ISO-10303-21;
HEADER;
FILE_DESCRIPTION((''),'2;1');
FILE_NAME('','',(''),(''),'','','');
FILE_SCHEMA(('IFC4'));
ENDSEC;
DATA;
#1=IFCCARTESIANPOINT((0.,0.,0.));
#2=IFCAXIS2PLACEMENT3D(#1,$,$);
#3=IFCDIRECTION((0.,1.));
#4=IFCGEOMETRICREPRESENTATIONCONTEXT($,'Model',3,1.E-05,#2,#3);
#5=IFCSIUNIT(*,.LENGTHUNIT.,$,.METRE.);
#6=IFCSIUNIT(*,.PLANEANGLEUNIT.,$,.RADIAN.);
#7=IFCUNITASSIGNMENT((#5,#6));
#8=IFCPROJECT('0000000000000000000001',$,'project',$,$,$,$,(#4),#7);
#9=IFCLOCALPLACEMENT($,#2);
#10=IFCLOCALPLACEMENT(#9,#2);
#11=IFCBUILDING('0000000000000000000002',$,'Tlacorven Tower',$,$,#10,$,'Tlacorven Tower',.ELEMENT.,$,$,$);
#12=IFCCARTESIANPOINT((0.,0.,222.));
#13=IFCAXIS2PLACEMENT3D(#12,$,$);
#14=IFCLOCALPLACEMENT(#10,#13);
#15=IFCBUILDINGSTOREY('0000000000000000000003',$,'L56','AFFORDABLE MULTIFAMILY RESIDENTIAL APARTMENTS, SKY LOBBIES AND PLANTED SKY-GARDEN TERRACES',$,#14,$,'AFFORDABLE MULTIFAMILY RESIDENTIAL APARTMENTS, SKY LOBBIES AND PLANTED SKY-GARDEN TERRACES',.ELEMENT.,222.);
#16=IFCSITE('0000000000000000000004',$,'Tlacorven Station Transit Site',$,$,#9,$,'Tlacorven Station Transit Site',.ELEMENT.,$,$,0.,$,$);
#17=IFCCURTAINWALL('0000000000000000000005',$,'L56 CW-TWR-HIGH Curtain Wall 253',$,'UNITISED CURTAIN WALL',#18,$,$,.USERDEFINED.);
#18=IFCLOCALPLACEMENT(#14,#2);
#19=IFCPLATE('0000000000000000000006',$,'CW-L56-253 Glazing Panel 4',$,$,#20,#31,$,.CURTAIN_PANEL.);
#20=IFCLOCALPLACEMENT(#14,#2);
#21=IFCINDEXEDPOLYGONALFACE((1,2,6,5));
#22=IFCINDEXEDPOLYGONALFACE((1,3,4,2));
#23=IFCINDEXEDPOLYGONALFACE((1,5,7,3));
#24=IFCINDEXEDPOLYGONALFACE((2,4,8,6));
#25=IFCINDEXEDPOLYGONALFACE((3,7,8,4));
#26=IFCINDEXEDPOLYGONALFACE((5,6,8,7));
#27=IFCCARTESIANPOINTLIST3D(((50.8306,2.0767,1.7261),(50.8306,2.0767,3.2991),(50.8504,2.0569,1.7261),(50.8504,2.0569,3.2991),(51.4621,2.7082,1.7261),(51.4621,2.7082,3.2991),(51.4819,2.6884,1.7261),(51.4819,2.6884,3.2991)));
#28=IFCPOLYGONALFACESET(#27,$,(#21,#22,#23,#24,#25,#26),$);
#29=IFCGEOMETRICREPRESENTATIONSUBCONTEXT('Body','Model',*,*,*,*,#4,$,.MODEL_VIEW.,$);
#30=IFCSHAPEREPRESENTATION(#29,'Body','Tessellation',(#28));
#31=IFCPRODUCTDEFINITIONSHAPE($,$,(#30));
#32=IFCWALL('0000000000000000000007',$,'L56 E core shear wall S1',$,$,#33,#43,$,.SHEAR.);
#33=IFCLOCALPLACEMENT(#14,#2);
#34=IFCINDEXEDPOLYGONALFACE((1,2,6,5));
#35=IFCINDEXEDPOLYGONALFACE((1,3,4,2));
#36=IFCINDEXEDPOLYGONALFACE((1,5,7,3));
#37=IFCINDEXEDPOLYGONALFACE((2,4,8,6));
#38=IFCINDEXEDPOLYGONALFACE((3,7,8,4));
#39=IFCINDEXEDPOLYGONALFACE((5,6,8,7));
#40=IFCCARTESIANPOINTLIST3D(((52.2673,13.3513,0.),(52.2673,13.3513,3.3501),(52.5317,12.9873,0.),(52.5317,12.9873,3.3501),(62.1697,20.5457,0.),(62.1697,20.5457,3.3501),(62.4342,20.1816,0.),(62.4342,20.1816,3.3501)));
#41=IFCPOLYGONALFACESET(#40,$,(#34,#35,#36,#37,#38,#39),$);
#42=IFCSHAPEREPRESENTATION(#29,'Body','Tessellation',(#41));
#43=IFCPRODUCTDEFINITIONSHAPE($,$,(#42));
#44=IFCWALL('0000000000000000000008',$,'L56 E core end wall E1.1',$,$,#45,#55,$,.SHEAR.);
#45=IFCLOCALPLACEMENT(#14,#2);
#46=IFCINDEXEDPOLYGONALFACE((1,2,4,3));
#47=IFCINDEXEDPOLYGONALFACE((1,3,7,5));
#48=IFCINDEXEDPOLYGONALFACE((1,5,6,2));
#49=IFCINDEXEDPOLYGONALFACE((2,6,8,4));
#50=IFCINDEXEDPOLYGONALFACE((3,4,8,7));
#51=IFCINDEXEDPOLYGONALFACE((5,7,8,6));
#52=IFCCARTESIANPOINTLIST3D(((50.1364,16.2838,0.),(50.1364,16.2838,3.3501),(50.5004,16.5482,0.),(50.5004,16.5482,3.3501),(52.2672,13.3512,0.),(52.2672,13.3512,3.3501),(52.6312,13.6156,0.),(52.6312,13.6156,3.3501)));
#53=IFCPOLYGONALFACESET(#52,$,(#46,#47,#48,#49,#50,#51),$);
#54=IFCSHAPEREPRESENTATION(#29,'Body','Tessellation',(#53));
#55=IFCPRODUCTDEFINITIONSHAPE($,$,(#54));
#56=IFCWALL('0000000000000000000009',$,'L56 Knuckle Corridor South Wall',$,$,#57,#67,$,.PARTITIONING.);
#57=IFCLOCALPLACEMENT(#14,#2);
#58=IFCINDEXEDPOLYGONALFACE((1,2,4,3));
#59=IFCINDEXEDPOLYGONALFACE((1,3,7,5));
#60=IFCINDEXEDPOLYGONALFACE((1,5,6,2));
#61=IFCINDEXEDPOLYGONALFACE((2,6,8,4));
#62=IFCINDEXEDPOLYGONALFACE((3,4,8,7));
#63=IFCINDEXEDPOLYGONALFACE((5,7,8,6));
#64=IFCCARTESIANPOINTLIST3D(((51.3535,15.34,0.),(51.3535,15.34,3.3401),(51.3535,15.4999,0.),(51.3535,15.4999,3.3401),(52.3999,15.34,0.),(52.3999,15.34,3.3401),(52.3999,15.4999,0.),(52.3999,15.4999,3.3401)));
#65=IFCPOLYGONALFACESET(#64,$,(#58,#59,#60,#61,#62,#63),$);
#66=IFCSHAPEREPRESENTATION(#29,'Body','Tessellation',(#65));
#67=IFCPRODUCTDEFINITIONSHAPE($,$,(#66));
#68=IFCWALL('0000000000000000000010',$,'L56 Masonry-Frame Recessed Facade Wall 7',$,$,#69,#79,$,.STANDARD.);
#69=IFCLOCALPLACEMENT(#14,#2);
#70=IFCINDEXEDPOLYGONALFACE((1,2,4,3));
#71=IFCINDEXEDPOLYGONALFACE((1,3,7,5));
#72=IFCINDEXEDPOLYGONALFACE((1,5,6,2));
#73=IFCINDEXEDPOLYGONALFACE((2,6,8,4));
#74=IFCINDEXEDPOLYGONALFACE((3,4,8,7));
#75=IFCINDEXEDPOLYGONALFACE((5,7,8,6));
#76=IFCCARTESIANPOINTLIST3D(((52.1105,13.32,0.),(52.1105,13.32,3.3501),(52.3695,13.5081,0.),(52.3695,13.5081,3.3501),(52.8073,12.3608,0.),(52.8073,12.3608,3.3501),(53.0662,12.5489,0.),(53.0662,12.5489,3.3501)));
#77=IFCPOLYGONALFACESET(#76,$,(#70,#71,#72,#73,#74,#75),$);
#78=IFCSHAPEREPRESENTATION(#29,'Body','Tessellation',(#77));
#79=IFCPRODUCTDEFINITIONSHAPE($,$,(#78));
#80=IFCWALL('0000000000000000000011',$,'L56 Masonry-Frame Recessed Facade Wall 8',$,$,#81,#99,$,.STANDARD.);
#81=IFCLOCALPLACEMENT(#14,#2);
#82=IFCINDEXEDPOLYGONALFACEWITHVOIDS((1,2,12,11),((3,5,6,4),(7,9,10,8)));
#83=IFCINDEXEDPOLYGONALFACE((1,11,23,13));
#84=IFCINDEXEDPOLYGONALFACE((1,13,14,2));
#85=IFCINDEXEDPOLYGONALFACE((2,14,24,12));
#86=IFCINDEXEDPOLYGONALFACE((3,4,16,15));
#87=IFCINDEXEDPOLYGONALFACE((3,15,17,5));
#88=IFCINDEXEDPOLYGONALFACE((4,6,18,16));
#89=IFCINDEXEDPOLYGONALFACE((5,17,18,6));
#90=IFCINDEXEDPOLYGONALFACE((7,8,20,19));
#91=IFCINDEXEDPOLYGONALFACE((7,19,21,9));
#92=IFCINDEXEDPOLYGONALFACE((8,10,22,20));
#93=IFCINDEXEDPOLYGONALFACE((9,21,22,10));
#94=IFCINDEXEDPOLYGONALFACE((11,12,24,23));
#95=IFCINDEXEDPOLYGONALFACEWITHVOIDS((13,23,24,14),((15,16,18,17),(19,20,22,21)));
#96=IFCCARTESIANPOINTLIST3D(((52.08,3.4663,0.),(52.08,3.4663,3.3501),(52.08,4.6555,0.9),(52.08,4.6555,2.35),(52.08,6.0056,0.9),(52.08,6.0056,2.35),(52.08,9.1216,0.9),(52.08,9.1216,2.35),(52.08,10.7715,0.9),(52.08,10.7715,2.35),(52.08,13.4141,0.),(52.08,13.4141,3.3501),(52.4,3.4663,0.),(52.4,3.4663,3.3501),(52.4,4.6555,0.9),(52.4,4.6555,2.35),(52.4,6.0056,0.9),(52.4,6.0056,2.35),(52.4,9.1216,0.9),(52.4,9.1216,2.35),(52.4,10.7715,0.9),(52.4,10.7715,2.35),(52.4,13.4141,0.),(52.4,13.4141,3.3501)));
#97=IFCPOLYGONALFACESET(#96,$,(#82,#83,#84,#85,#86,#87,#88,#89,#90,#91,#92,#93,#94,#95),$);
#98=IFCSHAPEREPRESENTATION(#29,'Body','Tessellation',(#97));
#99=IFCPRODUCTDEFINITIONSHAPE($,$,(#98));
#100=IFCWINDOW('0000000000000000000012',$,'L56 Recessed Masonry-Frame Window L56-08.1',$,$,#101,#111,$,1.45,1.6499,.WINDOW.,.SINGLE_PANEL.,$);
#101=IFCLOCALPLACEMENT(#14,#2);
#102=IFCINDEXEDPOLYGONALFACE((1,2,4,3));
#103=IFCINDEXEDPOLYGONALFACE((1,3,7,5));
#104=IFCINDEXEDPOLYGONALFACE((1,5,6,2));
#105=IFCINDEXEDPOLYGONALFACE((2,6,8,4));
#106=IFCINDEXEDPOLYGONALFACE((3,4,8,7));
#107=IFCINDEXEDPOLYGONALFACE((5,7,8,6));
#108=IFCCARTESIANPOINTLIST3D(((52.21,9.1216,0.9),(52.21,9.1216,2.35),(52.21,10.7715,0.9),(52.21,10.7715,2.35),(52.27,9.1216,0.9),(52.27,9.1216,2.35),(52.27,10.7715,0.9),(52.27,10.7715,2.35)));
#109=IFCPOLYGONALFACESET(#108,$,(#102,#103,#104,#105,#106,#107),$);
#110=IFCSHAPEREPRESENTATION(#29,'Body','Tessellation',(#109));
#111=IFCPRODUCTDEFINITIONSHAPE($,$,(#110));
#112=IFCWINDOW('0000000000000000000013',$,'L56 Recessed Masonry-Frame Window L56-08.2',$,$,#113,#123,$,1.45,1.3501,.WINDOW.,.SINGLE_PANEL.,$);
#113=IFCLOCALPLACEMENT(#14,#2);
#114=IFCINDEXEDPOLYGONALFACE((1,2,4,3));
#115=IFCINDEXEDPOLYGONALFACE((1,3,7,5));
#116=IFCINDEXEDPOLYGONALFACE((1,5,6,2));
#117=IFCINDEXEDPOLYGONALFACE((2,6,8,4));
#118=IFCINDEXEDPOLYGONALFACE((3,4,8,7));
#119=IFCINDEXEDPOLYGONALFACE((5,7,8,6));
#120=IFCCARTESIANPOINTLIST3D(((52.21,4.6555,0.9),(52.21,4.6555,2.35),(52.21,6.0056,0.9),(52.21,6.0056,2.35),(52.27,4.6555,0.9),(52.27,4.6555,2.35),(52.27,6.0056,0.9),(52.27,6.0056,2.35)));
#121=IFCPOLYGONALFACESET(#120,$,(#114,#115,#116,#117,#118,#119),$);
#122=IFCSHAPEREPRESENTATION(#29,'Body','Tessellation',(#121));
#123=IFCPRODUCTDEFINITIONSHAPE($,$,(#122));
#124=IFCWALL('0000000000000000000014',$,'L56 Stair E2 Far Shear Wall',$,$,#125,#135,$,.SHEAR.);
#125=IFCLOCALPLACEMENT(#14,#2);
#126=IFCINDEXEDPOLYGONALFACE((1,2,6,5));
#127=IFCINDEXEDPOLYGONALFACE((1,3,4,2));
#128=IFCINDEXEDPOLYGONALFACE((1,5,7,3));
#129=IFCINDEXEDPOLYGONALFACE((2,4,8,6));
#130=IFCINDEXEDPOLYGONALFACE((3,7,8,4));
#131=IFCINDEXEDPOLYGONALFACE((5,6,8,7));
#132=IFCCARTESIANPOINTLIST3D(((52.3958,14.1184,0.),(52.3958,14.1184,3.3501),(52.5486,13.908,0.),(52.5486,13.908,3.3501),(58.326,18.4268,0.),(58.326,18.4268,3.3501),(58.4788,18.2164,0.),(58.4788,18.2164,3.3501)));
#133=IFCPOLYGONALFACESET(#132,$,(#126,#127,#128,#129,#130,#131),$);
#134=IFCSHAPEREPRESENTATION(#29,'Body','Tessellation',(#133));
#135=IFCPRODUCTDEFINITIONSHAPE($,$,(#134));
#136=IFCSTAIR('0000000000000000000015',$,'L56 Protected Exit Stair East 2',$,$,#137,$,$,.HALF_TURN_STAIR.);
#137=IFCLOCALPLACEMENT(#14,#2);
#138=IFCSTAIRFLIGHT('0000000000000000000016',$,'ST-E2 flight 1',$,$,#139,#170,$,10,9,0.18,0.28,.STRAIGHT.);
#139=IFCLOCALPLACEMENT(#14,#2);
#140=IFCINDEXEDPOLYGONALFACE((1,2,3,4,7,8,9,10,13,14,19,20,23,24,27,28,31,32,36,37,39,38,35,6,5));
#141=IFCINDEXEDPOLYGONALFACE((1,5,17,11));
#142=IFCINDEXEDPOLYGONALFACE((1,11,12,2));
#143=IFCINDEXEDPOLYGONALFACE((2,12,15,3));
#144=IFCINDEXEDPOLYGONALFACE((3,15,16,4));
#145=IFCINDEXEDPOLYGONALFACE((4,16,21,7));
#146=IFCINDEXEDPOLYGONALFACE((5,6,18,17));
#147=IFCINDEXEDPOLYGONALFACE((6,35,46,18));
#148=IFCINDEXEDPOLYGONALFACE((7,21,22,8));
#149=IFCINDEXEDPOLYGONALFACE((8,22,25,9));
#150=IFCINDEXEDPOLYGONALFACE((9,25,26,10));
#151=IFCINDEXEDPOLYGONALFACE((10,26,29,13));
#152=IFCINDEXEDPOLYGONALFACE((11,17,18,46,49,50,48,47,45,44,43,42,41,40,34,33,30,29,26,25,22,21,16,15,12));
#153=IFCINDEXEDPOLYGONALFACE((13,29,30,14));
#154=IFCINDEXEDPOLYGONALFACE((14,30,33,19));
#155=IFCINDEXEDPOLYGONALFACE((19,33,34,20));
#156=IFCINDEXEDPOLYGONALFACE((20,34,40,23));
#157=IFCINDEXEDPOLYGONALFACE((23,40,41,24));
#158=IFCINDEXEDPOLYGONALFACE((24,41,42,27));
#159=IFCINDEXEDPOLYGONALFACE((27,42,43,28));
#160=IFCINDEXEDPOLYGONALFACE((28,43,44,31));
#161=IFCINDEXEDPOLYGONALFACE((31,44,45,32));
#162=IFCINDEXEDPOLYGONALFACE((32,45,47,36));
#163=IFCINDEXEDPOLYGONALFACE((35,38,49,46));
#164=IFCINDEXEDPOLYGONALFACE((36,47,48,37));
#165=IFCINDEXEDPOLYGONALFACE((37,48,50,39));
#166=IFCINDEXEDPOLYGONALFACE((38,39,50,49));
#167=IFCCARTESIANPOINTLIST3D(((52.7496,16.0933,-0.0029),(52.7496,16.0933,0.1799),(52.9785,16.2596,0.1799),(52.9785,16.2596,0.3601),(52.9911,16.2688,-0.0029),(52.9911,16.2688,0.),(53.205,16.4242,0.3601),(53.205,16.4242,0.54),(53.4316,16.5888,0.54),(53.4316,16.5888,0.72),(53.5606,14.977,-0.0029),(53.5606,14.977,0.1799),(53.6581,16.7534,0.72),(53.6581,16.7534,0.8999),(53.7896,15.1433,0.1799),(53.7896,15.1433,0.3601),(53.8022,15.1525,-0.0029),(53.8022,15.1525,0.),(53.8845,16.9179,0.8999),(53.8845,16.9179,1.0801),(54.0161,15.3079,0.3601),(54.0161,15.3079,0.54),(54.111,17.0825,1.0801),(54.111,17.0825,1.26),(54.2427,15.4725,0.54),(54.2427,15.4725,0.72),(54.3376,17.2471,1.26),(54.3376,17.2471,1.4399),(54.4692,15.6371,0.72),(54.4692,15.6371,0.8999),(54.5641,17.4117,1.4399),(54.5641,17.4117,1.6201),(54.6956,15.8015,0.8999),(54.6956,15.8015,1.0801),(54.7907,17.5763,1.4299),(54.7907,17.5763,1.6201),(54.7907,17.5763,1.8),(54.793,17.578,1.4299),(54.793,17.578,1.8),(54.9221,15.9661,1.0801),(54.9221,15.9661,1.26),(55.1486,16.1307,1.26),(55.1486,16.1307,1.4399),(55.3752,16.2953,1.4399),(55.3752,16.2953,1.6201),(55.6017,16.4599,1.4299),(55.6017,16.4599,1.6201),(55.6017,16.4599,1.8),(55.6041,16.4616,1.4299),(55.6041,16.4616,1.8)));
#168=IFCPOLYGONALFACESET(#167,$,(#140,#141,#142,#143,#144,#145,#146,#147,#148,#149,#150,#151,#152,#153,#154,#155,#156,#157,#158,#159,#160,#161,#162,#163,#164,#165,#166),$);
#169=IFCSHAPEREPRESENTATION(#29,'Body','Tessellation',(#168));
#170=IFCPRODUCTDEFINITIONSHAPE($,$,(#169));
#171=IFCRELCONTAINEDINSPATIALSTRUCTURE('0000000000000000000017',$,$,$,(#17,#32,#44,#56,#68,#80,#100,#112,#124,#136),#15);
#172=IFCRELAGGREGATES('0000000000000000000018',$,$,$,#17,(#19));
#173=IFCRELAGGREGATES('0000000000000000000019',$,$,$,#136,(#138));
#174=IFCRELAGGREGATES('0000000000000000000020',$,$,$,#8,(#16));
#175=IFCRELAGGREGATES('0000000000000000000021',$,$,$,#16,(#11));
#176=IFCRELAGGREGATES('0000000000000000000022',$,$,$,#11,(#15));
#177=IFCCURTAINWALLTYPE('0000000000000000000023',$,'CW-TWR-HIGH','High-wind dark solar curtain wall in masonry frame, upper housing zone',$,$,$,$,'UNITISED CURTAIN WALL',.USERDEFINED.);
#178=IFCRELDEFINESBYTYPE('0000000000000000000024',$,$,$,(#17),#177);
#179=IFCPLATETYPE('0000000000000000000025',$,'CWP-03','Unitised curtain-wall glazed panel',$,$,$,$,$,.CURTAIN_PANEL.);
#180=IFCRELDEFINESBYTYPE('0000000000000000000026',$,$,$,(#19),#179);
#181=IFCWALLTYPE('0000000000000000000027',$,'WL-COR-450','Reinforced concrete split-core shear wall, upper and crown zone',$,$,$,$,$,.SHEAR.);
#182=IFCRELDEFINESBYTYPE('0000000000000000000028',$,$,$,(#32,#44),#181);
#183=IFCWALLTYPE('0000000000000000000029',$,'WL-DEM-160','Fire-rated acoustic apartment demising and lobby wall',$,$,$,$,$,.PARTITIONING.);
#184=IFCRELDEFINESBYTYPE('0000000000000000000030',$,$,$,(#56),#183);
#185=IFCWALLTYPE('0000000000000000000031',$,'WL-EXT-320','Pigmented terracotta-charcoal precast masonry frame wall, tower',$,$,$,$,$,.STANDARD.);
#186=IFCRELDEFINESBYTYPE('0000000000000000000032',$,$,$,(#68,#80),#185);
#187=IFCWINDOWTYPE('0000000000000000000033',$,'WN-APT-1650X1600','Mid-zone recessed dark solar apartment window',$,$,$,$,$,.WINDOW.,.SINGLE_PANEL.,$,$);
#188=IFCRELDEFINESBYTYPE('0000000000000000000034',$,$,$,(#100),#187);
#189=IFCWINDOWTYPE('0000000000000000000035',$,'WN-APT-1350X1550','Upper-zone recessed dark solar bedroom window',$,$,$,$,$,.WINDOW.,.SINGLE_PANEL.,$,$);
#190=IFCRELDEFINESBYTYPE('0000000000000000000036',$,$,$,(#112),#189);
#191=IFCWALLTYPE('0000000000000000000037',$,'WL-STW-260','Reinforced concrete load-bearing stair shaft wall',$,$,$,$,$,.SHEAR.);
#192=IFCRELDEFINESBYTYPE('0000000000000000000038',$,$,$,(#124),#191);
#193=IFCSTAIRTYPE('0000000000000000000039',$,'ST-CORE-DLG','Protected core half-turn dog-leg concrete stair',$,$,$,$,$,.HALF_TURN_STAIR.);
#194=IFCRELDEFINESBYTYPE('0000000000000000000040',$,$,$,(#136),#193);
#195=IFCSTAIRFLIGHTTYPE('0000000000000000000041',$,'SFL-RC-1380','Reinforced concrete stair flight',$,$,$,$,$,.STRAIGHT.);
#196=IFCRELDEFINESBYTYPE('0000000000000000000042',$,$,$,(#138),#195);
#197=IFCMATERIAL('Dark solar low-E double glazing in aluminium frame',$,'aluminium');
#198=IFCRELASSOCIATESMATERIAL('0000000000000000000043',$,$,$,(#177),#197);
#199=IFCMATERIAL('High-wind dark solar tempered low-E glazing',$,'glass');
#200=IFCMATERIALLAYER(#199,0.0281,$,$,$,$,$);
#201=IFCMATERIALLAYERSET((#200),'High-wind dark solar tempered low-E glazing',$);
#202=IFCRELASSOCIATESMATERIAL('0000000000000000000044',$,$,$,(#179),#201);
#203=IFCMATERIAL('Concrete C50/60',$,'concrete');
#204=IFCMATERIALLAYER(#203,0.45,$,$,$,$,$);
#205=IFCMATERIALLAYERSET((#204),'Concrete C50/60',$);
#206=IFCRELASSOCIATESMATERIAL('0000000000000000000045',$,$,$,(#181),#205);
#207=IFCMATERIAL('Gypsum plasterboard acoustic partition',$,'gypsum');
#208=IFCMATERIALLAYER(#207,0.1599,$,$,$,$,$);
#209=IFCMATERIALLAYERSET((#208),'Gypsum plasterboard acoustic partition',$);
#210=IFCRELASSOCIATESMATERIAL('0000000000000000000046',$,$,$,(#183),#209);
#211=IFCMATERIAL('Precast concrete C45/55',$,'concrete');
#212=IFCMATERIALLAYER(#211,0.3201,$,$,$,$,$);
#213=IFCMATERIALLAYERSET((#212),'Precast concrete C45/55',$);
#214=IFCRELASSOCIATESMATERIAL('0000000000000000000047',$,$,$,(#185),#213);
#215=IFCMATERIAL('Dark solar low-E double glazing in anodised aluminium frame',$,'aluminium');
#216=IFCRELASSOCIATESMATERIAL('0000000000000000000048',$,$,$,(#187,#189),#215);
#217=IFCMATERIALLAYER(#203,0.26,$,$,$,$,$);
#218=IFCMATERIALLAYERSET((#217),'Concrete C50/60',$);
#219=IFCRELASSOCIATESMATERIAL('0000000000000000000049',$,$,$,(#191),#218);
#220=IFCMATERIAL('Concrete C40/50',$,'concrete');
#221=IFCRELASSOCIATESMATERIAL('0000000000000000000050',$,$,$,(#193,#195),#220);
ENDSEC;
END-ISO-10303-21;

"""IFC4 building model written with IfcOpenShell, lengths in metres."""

from ifc_helpers import new_model, si_unit, direction, frame, frame_2d, origin, origin_2d, place, context, subcontext, project, spatial, polyline, rectangle, outline, extrude, source, transform, mapped, material, layer, layer_set, type_object, element, fill, aggregate, save


model = new_model("IFC4")

# Units and contexts
model_context = context("Model", 3, precision=1e-05, world=origin(), true_north=direction((0.0, 1.0)))
body_context = subcontext(model_context, "Body", "Model", "MODEL_VIEW")
ifc_project = project(units=[si_unit("LENGTHUNIT", "METRE"), si_unit("PLANEANGLEUNIT", "RADIAN")], contexts=[model_context])

# Site, building, storey
site_placement = place(None, origin())
site = spatial("IfcSite", under=ifc_project, at=site_placement, Name="Tlacorven Station Transit Site", LongName="Tlacorven Station Transit Site", CompositionType="ELEMENT", RefElevation=0.0)
building_placement = place(site_placement, origin())
building = spatial("IfcBuilding", under=site, at=building_placement, Name="Tlacorven Tower", LongName="Tlacorven Tower", CompositionType="ELEMENT")
storey_placement = place(building_placement, frame((0.0, 0.0, 222.0)))
storey = spatial("IfcBuildingStorey", under=building, at=storey_placement, Name="L56", Description="AFFORDABLE MULTIFAMILY RESIDENTIAL APARTMENTS, SKY LOBBIES AND PLANTED SKY-GARDEN TERRACES", LongName="AFFORDABLE MULTIFAMILY RESIDENTIAL APARTMENTS, SKY LOBBIES AND PLANTED SKY-GARDEN TERRACES", CompositionType="ELEMENT", Elevation=222.0)

# Curtain wall, plate
ifc_material_1 = material(Name="Dark solar low-E double glazing in aluminium frame", Category="aluminium")
curtain_wall_type = type_object("IfcCurtainWallType", Name="CW-TWR-HIGH", Description="High-wind dark solar curtain wall in masonry frame, upper housing zone", ElementType="UNITISED CURTAIN WALL", PredefinedType="USERDEFINED", material=ifc_material_1)
curtain_wall_placement = place(storey_placement, origin())
curtain_wall = element("IfcCurtainWall", 1, at=curtain_wall_placement, inside=storey, type_object=curtain_wall_type, Name="L56 CW-TWR-HIGH Curtain Wall 253", ObjectType="UNITISED CURTAIN WALL", PredefinedType="USERDEFINED")
ifc_material_2 = material(Name="High-wind dark solar tempered low-E glazing", Category="glass")
ifc_layer_1 = layer(ifc_material_2, 0.0281)
ifc_layer_set_1 = layer_set([ifc_layer_1], Name="High-wind dark solar tempered low-E glazing")
plate_type = type_object("IfcPlateType", Name="CWP-03", Description="Unitised curtain-wall glazed panel", PredefinedType="CURTAIN_PANEL", material=ifc_layer_set_1)
shared_shape_1 = source(origin(), body_context, "Body", "SweptSolid", [
    extrude(rectangle(XDim=0.8931, YDim=0.0281, at=origin_2d()), origin(), (0.0, 0.0, 1.0), 1.573),
])
plate_1_placement = place(storey_placement, frame((51.1562, 2.3826, 1.7261), z_axis=(0.0, 0.0, 1.0), x_axis=(-0.707107, -0.707107, 0.0)))
plate_1 = element("IfcPlate", 2, at=plate_1_placement, type_object=plate_type, Name="CW-L56-253 Glazing Panel 4", PredefinedType="CURTAIN_PANEL", context=body_context, shape_type="MappedRepresentation", body=[
    mapped(shared_shape_1, transform((0.0, 0.0, 0.0), scale=1.0)),
])
aggregate(curtain_wall, [plate_1])

# Walls
ifc_material_3 = material(Name="Concrete C50/60", Category="concrete")
ifc_layer_2 = layer(ifc_material_3, 0.45)
ifc_layer_set_2 = layer_set([ifc_layer_2], Name="Concrete C50/60")
wall_type_1 = type_object("IfcWallType", Name="WL-COR-450", Description="Reinforced concrete split-core shear wall, upper and crown zone", PredefinedType="SHEAR", material=ifc_layer_set_2)
wall_1_placement = place(storey_placement, frame((52.3994, 13.1692, 0.0), z_axis=(0.0, 0.0, 1.0), x_axis=(0.809022, 0.587778, 0.0)))
element("IfcWall", 3, at=wall_1_placement, inside=storey, type_object=wall_type_1, Name="L56 E core shear wall S1", PredefinedType="SHEAR", context=body_context, shape_type="SweptSolid", body=[
    extrude(rectangle(XDim=12.24, YDim=0.45, at=frame_2d((6.1201, 0.0))), origin(), (0.0, 0.0, 1.0), 3.3501),
])
wall_2_placement = place(storey_placement, frame((52.4492, 13.4834, 0.0), z_axis=(0.0, 0.0, 1.0), x_axis=(-0.587819, 0.808992, 0.0)))
element("IfcWall", 4, at=wall_2_placement, inside=storey, type_object=wall_type_1, Name="L56 E core end wall E1.1", PredefinedType="SHEAR", context=body_context, shape_type="SweptSolid", body=[
    extrude(rectangle(XDim=3.625, YDim=0.45, at=frame_2d((1.8125, 0.0))), origin(), (0.0, 0.0, 1.0), 3.3501),
])
ifc_material_4 = material(Name="Gypsum plasterboard acoustic partition", Category="gypsum")
ifc_layer_3 = layer(ifc_material_4, 0.1599)
ifc_layer_set_3 = layer_set([ifc_layer_3], Name="Gypsum plasterboard acoustic partition")
wall_type_2 = type_object("IfcWallType", Name="WL-DEM-160", Description="Fire-rated acoustic apartment demising and lobby wall", PredefinedType="PARTITIONING", material=ifc_layer_set_3)
wall_3_placement = place(storey_placement, frame((51.3535, 15.4199, 0.0), z_axis=(0.0, 0.0, 1.0), x_axis=(1.0, 0.0, 0.0)))
element("IfcWall", 5, at=wall_3_placement, inside=storey, type_object=wall_type_2, Name="L56 Knuckle Corridor South Wall", PredefinedType="PARTITIONING", context=body_context, shape_type="SweptSolid", body=[
    extrude(rectangle(XDim=1.0464, YDim=0.1599, at=frame_2d((0.5232, 0.0))), origin(), (0.0, 0.0, 1.0), 3.3401),
])
ifc_material_5 = material(Name="Precast concrete C45/55", Category="concrete")
ifc_layer_4 = layer(ifc_material_5, 0.3201)
ifc_layer_set_4 = layer_set([ifc_layer_4], Name="Precast concrete C45/55")
wall_type_3 = type_object("IfcWallType", Name="WL-EXT-320", Description="Pigmented terracotta-charcoal precast masonry frame wall, tower", PredefinedType="STANDARD", material=ifc_layer_set_4)
wall_4_placement = place(storey_placement, frame((52.9368, 12.4548, 0.0), z_axis=(0.0, 0.0, 1.0), x_axis=(-0.587706, 0.809074, 0.0)))
element("IfcWall", 6, at=wall_4_placement, inside=storey, type_object=wall_type_3, Name="L56 Masonry-Frame Recessed Facade Wall 7", PredefinedType="STANDARD", context=body_context, shape_type="SweptSolid", body=[
    extrude(rectangle(XDim=1.1855, YDim=0.3201, at=frame_2d((0.5928, 0.0))), origin(), (0.0, 0.0, 1.0), 3.3501),
])

# Wall, openings, windows
wall_5_placement = place(storey_placement, frame((52.24, 13.4141, 0.0), z_axis=(0.0, 0.0, 1.0), x_axis=(0.0, -1.0, 0.0)))
wall_5 = element("IfcWall", 7, at=wall_5_placement, inside=storey, type_object=wall_type_3, Name="L56 Masonry-Frame Recessed Facade Wall 8", PredefinedType="STANDARD", context=body_context, shape_type="SweptSolid", body=[
    extrude(rectangle(XDim=9.9478, YDim=0.3201, at=frame_2d((4.9739, 0.0))), origin(), (0.0, 0.0, 1.0), 3.3501),
])
opening_1_placement = place(wall_5_placement, frame((2.6426, 0.0, 0.8999)))
opening_1 = element("IfcOpeningElement", 8, at=opening_1_placement, cuts=wall_5, PredefinedType="OPENING", context=body_context, shape_type="SweptSolid", body=[
    extrude(rectangle(XDim=1.6499, YDim=1.45, at=frame_2d((0.825, 0.7251))), frame((0.0, 0.1699, 0.0), z_axis=(0.0, -1.0, 0.0), x_axis=(1.0, 0.0, 0.0)), (0.0, 0.0, 1.0), 0.3401),
])
opening_2_placement = place(wall_5_placement, frame((7.4084, 0.0, 0.8999)))
opening_2 = element("IfcOpeningElement", 9, at=opening_2_placement, cuts=wall_5, PredefinedType="OPENING", context=body_context, shape_type="SweptSolid", body=[
    extrude(rectangle(XDim=1.3501, YDim=1.45, at=frame_2d((0.675, 0.7251))), frame((0.0, 0.1699, 0.0), z_axis=(0.0, -1.0, 0.0), x_axis=(1.0, 0.0, 0.0)), (0.0, 0.0, 1.0), 0.3401),
])
ifc_material_6 = material(Name="Dark solar low-E double glazing in anodised aluminium frame", Category="aluminium")
window_type_1 = type_object("IfcWindowType", Name="WN-APT-1650X1600", Description="Mid-zone recessed dark solar apartment window", PartitioningType="SINGLE_PANEL", PredefinedType="WINDOW", material=ifc_material_6)
shared_shape_2 = source(origin(), body_context, "Body", "SweptSolid", [
    extrude(rectangle(XDim=1.6499, YDim=1.45, at=frame_2d((0.825, 0.7251))), frame((0.0, 0.03, 0.0), z_axis=(0.0, -1.0, 0.0), x_axis=(1.0, 0.0, 0.0)), (0.0, 0.0, 1.0), 0.0601),
])
window_1_placement = place(opening_1_placement, origin())
window_1 = element("IfcWindow", 10, at=window_1_placement, inside=storey, type_object=window_type_1, Name="L56 Recessed Masonry-Frame Window L56-08.1", OverallHeight=1.45, OverallWidth=1.6499, PartitioningType="SINGLE_PANEL", PredefinedType="WINDOW", context=body_context, shape_type="MappedRepresentation", body=[
    mapped(shared_shape_2, transform((0.0, 0.0, 0.0), scale=1.0)),
])
fill(opening_1, window_1)
window_type_2 = type_object("IfcWindowType", Name="WN-APT-1350X1550", Description="Upper-zone recessed dark solar bedroom window", PartitioningType="SINGLE_PANEL", PredefinedType="WINDOW", material=ifc_material_6)
shared_shape_3 = source(origin(), body_context, "Body", "SweptSolid", [
    extrude(rectangle(XDim=1.3501, YDim=1.45, at=frame_2d((0.675, 0.7251))), frame((0.0, 0.03, 0.0), z_axis=(0.0, -1.0, 0.0), x_axis=(1.0, 0.0, 0.0)), (0.0, 0.0, 1.0), 0.0601),
])
window_2_placement = place(opening_2_placement, origin())
window_2 = element("IfcWindow", 11, at=window_2_placement, inside=storey, type_object=window_type_2, Name="L56 Recessed Masonry-Frame Window L56-08.2", OverallHeight=1.45, OverallWidth=1.3501, PartitioningType="SINGLE_PANEL", PredefinedType="WINDOW", context=body_context, shape_type="MappedRepresentation", body=[
    mapped(shared_shape_3, transform((0.0, 0.0, 0.0), scale=1.0)),
])
fill(opening_2, window_2)

# Wall
ifc_layer_5 = layer(ifc_material_3, 0.26)
ifc_layer_set_5 = layer_set([ifc_layer_5], Name="Concrete C50/60")
wall_type_4 = type_object("IfcWallType", Name="WL-STW-260", Description="Reinforced concrete load-bearing stair shaft wall", PredefinedType="SHEAR", material=ifc_layer_set_5)
wall_6_placement = place(storey_placement, frame((52.4722, 14.0132, 0.0), z_axis=(0.0, 0.0, 1.0), x_axis=(0.809028, 0.58777, 0.0)))
element("IfcWall", 12, at=wall_6_placement, inside=storey, type_object=wall_type_4, Name="L56 Stair E2 Far Shear Wall", PredefinedType="SHEAR", context=body_context, shape_type="SweptSolid", body=[
    extrude(rectangle(XDim=7.3301, YDim=0.26, at=frame_2d((3.665, 0.0))), origin(), (0.0, 0.0, 1.0), 3.3501),
])

# Stair, stair flight
ifc_material_7 = material(Name="Concrete C40/50", Category="concrete")
stair_type = type_object("IfcStairType", Name="ST-CORE-DLG", Description="Protected core half-turn dog-leg concrete stair", PredefinedType="HALF_TURN_STAIR", material=ifc_material_7)
stair_placement = place(storey_placement, origin())
stair = element("IfcStair", 13, at=stair_placement, inside=storey, type_object=stair_type, Name="L56 Protected Exit Stair East 2", PredefinedType="HALF_TURN_STAIR")
stair_flight_type = type_object("IfcStairFlightType", Name="SFL-RC-1380", Description="Reinforced concrete stair flight", PredefinedType="STRAIGHT", material=ifc_material_7)
shared_shape_4 = source(origin(), body_context, "Body", "SweptSolid", [
    extrude(outline(polyline([(-0.0029, -0.0029), (-0.0029, 0.1799), (0.28, 0.1799), (0.28, 0.3601), (0.5601, 0.3601), (0.5601, 0.54), (0.8401, 0.54), (0.8401, 0.72), (1.1201, 0.72), (1.1201, 0.8999), (1.3999, 0.8999), (1.3999, 1.0801), (1.6799, 1.0801), (1.6799, 1.26), (1.96, 1.26), (1.96, 1.4399), (2.24, 1.4399), (2.24, 1.6201), (2.52, 1.6201), (2.52, 1.8), (2.5229, 1.8), (2.5229, 1.4299), (2.52, 1.4299), (0.2957, 0.0), (0.2957, -0.0029), (-0.0029, -0.0029)])), frame((0.0, 0.6899, 0.0), z_axis=(0.0, -1.0, 0.0), x_axis=(1.0, 0.0, 0.0)), (0.0, 0.0, 1.0), 1.3799),
])
stair_flight_placement = place(storey_placement, frame((53.1575, 15.5369, 0.0), z_axis=(0.0, 0.0, 1.0), x_axis=(0.809017, 0.587785, 0.0)))
stair_flight = element("IfcStairFlight", 14, at=stair_flight_placement, type_object=stair_flight_type, Name="ST-E2 flight 1", NumberOfRisers=10, NumberOfTreads=9, PredefinedType="STRAIGHT", RiserHeight=0.18, TreadLength=0.28, context=body_context, shape_type="MappedRepresentation", body=[
    mapped(shared_shape_4, transform((0.0, 0.0, 0.0), scale=1.0)),
])
aggregate(stair, [stair_flight])

save(model, "model.ifc")
